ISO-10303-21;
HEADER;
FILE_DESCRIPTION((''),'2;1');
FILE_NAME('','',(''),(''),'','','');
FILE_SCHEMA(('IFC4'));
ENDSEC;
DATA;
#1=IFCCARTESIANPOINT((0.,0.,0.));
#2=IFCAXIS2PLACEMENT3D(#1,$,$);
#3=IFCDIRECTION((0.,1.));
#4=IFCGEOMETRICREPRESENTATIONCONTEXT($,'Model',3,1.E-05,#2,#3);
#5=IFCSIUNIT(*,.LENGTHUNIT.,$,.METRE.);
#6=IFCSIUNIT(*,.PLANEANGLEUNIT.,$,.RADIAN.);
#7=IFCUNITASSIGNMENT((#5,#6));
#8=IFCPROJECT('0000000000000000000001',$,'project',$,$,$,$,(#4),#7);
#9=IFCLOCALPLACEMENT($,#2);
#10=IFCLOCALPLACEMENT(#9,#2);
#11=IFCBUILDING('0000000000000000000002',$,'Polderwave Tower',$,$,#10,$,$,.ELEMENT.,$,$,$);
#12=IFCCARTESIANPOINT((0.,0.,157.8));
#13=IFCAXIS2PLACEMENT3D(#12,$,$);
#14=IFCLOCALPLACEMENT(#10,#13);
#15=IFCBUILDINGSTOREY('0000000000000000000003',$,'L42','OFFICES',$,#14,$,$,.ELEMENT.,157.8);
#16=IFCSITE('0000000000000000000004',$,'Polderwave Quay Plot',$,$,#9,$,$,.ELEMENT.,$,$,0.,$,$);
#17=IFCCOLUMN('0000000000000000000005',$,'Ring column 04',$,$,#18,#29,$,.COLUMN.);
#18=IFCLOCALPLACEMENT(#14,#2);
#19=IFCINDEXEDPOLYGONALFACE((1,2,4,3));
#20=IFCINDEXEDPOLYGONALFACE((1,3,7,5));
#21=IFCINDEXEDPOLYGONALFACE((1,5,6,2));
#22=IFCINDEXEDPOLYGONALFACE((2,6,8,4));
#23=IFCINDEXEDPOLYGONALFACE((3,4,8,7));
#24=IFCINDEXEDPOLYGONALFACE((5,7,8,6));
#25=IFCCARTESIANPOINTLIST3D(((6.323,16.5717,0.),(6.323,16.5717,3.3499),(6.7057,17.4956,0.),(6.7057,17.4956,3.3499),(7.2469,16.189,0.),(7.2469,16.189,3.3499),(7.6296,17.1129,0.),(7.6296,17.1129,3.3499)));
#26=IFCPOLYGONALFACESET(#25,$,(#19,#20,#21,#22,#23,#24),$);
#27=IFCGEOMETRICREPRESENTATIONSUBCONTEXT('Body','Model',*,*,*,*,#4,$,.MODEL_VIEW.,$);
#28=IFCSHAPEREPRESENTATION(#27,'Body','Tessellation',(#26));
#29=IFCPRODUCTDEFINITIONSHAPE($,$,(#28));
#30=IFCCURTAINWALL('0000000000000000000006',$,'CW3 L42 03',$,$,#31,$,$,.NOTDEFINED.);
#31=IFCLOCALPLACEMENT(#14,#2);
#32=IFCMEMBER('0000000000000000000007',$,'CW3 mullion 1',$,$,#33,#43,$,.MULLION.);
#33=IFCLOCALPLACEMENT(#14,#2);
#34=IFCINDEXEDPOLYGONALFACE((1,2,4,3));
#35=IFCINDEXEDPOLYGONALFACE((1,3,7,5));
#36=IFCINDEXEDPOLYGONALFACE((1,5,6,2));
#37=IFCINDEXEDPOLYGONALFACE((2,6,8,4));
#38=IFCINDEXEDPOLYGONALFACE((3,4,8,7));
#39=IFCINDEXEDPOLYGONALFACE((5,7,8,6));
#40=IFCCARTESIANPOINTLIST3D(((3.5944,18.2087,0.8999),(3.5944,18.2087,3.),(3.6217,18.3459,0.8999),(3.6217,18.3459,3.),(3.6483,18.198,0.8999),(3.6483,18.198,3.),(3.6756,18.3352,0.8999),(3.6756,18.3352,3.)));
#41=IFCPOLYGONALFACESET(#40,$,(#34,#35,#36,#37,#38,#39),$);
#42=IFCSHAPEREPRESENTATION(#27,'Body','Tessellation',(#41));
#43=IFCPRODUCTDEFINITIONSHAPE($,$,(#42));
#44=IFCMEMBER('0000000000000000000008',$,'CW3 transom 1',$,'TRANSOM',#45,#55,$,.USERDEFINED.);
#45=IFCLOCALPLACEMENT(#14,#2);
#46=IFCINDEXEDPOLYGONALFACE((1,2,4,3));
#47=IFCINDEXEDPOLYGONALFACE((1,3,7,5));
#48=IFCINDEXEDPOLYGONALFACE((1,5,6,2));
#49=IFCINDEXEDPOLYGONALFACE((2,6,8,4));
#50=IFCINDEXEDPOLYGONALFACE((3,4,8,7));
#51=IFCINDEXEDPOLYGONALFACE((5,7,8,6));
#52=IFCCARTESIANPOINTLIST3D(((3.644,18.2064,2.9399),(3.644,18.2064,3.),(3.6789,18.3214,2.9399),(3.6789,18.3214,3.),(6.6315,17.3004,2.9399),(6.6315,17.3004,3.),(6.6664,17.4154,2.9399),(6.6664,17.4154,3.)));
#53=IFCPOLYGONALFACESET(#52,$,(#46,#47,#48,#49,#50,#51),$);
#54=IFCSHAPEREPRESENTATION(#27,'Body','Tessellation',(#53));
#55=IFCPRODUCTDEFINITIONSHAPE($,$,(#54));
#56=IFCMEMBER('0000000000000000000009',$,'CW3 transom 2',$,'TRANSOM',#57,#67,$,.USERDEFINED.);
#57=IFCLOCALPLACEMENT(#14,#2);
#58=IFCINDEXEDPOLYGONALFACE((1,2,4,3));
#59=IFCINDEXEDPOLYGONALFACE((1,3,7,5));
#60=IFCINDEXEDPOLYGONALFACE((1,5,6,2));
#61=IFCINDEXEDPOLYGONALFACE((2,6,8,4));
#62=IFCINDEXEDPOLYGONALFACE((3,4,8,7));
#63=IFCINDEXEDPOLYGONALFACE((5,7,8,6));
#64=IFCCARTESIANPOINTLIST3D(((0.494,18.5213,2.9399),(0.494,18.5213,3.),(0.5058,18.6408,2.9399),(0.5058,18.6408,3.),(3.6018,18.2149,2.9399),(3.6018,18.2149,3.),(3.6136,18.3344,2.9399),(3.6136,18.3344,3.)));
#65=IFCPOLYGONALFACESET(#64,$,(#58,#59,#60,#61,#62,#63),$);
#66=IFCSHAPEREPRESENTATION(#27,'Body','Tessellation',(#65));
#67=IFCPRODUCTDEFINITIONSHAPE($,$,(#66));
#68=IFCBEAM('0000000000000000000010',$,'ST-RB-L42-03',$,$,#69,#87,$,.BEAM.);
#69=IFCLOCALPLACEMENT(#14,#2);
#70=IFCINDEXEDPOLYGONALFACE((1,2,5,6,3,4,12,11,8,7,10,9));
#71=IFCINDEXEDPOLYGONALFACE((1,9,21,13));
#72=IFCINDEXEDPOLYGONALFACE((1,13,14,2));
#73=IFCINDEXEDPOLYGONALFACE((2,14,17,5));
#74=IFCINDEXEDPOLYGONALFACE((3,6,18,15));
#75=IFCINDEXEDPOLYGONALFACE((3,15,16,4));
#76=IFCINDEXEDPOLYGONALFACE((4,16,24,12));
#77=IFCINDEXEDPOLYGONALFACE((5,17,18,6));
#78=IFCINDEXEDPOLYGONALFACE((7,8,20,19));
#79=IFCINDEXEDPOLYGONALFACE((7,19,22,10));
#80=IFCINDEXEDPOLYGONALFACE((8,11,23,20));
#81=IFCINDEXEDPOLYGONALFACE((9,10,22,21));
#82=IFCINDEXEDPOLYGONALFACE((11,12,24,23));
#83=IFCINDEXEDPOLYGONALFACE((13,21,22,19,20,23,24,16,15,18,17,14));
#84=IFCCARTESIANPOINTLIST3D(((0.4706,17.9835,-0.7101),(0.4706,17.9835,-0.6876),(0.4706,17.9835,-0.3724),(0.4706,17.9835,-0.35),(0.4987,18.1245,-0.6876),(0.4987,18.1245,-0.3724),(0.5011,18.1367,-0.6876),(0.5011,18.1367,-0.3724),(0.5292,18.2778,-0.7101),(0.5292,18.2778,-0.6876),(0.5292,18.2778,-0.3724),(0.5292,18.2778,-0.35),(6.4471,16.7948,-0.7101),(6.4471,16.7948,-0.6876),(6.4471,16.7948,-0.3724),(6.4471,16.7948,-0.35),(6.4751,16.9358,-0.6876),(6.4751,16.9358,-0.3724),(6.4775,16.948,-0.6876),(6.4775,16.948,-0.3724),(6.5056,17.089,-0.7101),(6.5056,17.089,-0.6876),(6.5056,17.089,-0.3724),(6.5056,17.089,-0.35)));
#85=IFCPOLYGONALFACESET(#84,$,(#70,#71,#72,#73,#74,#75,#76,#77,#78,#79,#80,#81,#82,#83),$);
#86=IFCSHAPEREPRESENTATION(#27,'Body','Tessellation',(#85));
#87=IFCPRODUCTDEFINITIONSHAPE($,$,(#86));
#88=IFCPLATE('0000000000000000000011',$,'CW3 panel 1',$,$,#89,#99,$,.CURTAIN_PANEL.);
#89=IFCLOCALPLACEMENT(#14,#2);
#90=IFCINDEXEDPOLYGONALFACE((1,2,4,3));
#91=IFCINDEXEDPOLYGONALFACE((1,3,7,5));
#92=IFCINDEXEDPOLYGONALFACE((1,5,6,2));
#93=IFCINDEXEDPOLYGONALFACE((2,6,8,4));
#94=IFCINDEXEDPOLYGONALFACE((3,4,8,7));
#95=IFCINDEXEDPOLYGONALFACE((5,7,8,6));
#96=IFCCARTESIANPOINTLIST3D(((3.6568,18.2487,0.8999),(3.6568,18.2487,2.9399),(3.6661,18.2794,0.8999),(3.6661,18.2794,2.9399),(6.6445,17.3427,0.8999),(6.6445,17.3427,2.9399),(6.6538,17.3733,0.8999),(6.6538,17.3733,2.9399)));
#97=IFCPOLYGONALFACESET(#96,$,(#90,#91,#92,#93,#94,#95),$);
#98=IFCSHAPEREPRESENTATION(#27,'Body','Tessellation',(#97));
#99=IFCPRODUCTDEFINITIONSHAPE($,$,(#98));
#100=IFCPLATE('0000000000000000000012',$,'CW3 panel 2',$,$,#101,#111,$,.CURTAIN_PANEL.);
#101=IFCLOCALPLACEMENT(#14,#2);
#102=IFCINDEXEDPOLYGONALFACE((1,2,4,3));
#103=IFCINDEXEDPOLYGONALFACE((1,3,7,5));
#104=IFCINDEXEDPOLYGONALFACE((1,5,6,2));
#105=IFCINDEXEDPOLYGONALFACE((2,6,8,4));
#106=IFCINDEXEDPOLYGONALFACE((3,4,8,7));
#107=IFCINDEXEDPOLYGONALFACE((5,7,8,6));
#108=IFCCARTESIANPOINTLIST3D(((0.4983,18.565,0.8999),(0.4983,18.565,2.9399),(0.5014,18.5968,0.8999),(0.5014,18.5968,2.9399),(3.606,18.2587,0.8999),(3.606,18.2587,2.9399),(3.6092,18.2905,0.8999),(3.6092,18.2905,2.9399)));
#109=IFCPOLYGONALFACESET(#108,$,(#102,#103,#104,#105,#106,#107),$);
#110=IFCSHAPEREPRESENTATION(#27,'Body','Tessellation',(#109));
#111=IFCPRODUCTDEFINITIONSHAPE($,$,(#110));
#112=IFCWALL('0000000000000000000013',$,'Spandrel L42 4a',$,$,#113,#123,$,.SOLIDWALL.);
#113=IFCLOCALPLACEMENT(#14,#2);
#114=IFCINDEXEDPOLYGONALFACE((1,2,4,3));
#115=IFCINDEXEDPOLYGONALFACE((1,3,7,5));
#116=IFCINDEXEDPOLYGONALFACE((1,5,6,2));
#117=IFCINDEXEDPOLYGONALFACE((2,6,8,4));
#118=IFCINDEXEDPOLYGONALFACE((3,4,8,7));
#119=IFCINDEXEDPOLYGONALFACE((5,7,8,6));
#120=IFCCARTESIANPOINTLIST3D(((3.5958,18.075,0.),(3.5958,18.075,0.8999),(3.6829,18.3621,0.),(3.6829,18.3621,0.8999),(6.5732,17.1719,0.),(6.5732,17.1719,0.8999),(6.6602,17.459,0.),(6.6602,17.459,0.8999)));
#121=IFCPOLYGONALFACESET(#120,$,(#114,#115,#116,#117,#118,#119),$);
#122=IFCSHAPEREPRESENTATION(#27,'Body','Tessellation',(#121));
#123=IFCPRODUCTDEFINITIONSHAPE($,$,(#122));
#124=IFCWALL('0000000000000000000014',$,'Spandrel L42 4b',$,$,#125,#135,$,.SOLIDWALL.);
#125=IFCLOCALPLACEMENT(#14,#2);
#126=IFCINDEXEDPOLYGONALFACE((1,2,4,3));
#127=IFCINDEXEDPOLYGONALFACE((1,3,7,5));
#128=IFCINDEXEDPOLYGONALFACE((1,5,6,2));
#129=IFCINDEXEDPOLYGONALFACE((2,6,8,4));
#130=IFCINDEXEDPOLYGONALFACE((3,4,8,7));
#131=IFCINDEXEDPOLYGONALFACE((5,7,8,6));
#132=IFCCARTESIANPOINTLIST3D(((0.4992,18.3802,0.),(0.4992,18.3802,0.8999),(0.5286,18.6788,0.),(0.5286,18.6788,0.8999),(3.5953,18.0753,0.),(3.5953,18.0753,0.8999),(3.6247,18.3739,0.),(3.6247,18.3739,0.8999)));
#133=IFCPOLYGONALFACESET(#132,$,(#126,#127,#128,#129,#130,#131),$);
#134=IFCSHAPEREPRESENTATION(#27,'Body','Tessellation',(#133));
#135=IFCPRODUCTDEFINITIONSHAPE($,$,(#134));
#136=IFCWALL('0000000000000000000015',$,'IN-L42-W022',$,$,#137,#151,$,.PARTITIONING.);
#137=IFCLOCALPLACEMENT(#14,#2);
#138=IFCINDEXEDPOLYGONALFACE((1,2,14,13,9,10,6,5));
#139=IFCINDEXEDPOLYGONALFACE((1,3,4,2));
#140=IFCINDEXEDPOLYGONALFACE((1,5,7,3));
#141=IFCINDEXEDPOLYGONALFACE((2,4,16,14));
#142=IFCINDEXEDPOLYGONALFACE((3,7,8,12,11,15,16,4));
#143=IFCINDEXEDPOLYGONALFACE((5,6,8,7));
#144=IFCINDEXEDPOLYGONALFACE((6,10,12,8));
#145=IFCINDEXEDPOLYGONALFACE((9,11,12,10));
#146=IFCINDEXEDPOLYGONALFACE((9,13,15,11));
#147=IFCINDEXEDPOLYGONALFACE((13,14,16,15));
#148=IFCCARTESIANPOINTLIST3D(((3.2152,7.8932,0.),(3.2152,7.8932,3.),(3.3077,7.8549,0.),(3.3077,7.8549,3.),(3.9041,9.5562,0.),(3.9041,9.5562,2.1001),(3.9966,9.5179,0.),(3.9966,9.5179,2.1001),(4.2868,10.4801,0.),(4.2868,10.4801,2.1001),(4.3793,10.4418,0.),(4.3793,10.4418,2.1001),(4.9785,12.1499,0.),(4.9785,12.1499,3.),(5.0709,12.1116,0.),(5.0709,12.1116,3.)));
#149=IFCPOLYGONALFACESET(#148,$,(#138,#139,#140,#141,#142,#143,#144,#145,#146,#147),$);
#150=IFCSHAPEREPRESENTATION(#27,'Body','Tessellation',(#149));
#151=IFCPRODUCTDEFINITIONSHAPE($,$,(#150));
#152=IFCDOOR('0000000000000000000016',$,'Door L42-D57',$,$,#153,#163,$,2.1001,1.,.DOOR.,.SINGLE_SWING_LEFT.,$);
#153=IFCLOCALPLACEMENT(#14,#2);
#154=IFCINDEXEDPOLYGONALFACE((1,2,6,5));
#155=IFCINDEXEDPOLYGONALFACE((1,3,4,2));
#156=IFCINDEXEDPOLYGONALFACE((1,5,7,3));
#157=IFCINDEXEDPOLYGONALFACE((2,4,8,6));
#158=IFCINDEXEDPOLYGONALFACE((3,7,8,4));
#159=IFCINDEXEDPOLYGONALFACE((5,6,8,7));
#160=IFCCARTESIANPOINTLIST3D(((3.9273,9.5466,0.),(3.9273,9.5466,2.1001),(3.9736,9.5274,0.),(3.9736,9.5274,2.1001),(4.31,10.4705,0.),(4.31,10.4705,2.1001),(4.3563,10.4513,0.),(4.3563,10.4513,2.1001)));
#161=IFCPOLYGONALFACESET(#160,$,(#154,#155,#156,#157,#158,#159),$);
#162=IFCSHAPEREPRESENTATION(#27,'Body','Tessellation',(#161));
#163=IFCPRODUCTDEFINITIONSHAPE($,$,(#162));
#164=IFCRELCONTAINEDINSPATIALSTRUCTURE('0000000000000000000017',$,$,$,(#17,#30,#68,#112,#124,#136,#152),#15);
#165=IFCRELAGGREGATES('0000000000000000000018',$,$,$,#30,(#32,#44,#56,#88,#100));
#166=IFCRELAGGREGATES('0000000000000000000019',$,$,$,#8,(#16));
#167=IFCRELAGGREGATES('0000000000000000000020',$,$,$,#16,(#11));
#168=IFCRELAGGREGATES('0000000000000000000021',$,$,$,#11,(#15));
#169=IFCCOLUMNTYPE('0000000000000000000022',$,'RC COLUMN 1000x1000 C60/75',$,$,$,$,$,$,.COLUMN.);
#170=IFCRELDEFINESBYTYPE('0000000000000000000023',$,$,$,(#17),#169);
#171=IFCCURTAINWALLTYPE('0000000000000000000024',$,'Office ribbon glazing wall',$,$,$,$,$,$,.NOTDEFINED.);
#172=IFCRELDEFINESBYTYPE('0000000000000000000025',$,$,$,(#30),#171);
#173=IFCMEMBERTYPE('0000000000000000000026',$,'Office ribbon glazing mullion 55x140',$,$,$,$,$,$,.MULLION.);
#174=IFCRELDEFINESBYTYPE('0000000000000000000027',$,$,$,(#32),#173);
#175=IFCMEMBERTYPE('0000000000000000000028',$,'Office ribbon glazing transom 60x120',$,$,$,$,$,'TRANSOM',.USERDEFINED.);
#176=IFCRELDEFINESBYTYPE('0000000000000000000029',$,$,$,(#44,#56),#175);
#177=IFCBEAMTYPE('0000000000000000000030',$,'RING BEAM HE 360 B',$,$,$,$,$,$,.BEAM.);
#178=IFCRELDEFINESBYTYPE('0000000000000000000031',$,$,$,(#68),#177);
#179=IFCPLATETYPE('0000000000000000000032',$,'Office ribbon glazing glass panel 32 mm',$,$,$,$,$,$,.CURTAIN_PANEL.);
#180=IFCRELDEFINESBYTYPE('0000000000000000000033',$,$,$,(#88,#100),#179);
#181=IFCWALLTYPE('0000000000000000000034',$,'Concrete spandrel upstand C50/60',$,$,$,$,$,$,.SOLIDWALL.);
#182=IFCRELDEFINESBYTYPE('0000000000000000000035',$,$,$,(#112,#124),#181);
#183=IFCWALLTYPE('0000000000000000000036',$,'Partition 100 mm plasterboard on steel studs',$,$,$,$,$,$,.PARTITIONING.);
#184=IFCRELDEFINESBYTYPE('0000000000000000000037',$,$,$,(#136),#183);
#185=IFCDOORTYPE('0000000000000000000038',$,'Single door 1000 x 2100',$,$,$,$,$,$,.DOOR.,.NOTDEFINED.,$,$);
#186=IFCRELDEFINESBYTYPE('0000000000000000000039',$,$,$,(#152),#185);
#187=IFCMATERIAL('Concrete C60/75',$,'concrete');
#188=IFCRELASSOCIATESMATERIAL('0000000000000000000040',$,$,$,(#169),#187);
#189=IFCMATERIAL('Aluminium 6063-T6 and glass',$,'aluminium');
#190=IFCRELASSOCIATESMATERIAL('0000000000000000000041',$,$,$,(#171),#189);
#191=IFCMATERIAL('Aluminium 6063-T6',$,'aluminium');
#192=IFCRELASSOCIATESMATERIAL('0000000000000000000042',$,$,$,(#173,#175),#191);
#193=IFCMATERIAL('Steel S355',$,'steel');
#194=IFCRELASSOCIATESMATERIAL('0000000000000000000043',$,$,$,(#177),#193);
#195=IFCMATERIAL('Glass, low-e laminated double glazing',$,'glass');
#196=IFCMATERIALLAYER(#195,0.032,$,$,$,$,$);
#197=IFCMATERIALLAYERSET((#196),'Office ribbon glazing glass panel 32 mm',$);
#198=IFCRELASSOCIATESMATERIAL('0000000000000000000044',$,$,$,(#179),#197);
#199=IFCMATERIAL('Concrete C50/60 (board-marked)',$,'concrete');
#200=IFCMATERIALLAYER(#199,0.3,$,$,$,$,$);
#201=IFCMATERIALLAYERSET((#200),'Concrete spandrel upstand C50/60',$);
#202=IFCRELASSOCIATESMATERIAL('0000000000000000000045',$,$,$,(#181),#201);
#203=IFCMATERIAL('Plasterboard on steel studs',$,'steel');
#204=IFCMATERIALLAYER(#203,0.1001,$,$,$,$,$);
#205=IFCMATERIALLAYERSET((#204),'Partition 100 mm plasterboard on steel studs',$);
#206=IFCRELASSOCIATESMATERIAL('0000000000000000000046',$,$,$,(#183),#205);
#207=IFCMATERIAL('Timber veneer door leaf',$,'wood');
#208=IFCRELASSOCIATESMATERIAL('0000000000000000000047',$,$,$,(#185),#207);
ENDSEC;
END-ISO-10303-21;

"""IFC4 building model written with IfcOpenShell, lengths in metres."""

from ifc_helpers import new_model, si_unit, direction, frame, frame_2d, origin, origin_2d, place, context, subcontext, project, spatial, rectangle, i_section, extrude, material, layer, layer_set, material_profile, profile_set, type_object, element, fill, aggregate, save


model = new_model("IFC4")

# Units and contexts
model_context = context("Model", 3, precision=1e-05, world=origin(), true_north=direction((0.0, 1.0)))
body_context = subcontext(model_context, "Body", "Model", "MODEL_VIEW")
ifc_project = project(units=[si_unit("LENGTHUNIT", "METRE"), si_unit("PLANEANGLEUNIT", "RADIAN")], contexts=[model_context])

# Site, building, storey
site_placement = place(None, origin())
site = spatial("IfcSite", under=ifc_project, at=site_placement, Name="Polderwave Quay Plot", CompositionType="ELEMENT", RefElevation=0.0)
building_placement = place(site_placement, origin())
building = spatial("IfcBuilding", under=site, at=building_placement, Name="Polderwave Tower", CompositionType="ELEMENT")
storey_placement = place(building_placement, frame((0.0, 0.0, 157.8)))
storey = spatial("IfcBuildingStorey", under=building, at=storey_placement, Name="L42", Description="OFFICES", CompositionType="ELEMENT", Elevation=157.8)

# Column
ifc_material_1 = material(Name="Concrete C60/75", Category="concrete")
ifc_material_profile_1 = material_profile(ifc_material_1, rectangle(XDim=1.0, YDim=1.0, at=origin_2d()), Name="RC 1000x1000")
ifc_profile_set_1 = profile_set([ifc_material_profile_1], Name="Concrete C60/75")
column_type = type_object("IfcColumnType", Name="RC COLUMN 1000x1000 C60/75", PredefinedType="COLUMN", material=ifc_profile_set_1)
column_placement = place(storey_placement, frame((6.9763, 16.8423, 0.0), z_axis=(0.0, 0.0, 1.0), x_axis=(0.382683, 0.92388, 0.0)))
element("IfcColumn", 1, at=column_placement, inside=storey, type_object=column_type, Name="Ring column 04", PredefinedType="COLUMN", context=body_context, shape_type="SweptSolid", body=[
    extrude(rectangle(XDim=1.0, YDim=1.0, at=origin_2d()), origin(), (0.0, 0.0, 1.0), 3.3499),
])

# Curtain wall, members
ifc_material_2 = material(Name="Aluminium 6063-T6 and glass", Category="aluminium")
curtain_wall_type = type_object("IfcCurtainWallType", Name="Office ribbon glazing wall", PredefinedType="NOTDEFINED", material=ifc_material_2)
curtain_wall_placement = place(storey_placement, origin())
curtain_wall = element("IfcCurtainWall", 2, at=curtain_wall_placement, inside=storey, type_object=curtain_wall_type, Name="CW3 L42 03", PredefinedType="NOTDEFINED")
ifc_material_3 = material(Name="Aluminium 6063-T6", Category="aluminium")
ifc_material_profile_2 = material_profile(ifc_material_3, rectangle(XDim=0.1399, YDim=0.0549, at=origin_2d()), Name="AL 55x140")
ifc_profile_set_2 = profile_set([ifc_material_profile_2], Name="Aluminium 6063-T6")
member_type_1 = type_object("IfcMemberType", Name="Office ribbon glazing mullion 55x140", PredefinedType="MULLION", material=ifc_profile_set_2)
member_1_placement = place(storey_placement, frame((3.635, 18.272, 0.8999), z_axis=(0.0, 0.0, 1.0), x_axis=(-0.195083, -0.980787, 0.0)))
member_1 = element("IfcMember", 3, at=member_1_placement, type_object=member_type_1, Name="CW3 mullion 1", PredefinedType="MULLION", context=body_context, shape_type="SweptSolid", body=[
    extrude(rectangle(XDim=0.1399, YDim=0.0549, at=origin_2d()), origin(), (0.0, 0.0, 1.0), 2.1001),
])
ifc_material_profile_3 = material_profile(ifc_material_3, rectangle(XDim=0.1201, YDim=0.0601, at=origin_2d()), Name="AL 60x120")
ifc_profile_set_3 = profile_set([ifc_material_profile_3], Name="Aluminium 6063-T6")
member_type_2 = type_object("IfcMemberType", Name="Office ribbon glazing transom 60x120", ElementType="TRANSOM", PredefinedType="USERDEFINED", material=ifc_profile_set_3)
member_2_placement = place(storey_placement, frame((6.6489, 17.3579, 2.97), z_axis=(-0.956963, 0.290209, 0.0), x_axis=(-0.290209, -0.956963, 0.0)))
member_2 = element("IfcMember", 4, at=member_2_placement, type_object=member_type_2, Name="CW3 transom 1", ObjectType="TRANSOM", PredefinedType="USERDEFINED", context=body_context, shape_type="SweptSolid", body=[
    extrude(rectangle(XDim=0.1201, YDim=0.0601, at=origin_2d()), origin(), (0.0, 0.0, 1.0), 3.1218),
])
member_3_placement = place(storey_placement, frame((3.6077, 18.2747, 2.97), z_axis=(-0.995175, 0.098118, 0.0), x_axis=(-0.098118, -0.995175, 0.0)))
member_3 = element("IfcMember", 5, at=member_3_placement, type_object=member_type_2, Name="CW3 transom 2", ObjectType="TRANSOM", PredefinedType="USERDEFINED", context=body_context, shape_type="SweptSolid", body=[
    extrude(rectangle(XDim=0.1201, YDim=0.0601, at=origin_2d()), origin(), (0.0, 0.0, 1.0), 3.1228),
])

# Beam
ifc_material_4 = material(Name="Steel S355", Category="steel")
ifc_material_profile_4 = material_profile(ifc_material_4, i_section(OverallWidth=0.3, OverallDepth=0.3601, WebThickness=0.0125, FlangeThickness=0.0225, at=origin_2d()), Name="HE 360 B")
ifc_profile_set_4 = profile_set([ifc_material_profile_4], Name="Steel S355")
beam_type = type_object("IfcBeamType", Name="RING BEAM HE 360 B", PredefinedType="BEAM", material=ifc_profile_set_4)
beam_placement = place(storey_placement, frame((6.4763, 16.9419, -0.53), z_axis=(-0.980787, 0.195084, 0.0), x_axis=(-0.195084, -0.980787, 0.0)))
element("IfcBeam", 6, at=beam_placement, inside=storey, type_object=beam_type, Name="ST-RB-L42-03", PredefinedType="BEAM", context=body_context, shape_type="SweptSolid", body=[
    extrude(i_section(OverallWidth=0.3, OverallDepth=0.3601, WebThickness=0.0125, FlangeThickness=0.0225, at=origin_2d()), origin(), (0.0, 0.0, 1.0), 6.0935),
])

# Plates
ifc_material_5 = material(Name="Glass, low-e laminated double glazing", Category="glass")
ifc_layer_1 = layer(ifc_material_5, 0.032)
ifc_layer_set_1 = layer_set([ifc_layer_1], Name="Office ribbon glazing glass panel 32 mm")
plate_type = type_object("IfcPlateType", Name="Office ribbon glazing glass panel 32 mm", PredefinedType="CURTAIN_PANEL", material=ifc_layer_set_1)
plate_1_placement = place(storey_placement, frame((5.1553, 17.811, 0.8999), z_axis=(0.0, 0.0, 1.0), x_axis=(-0.956966, 0.290201, 0.0)))
plate_1 = element("IfcPlate", 7, at=plate_1_placement, type_object=plate_type, Name="CW3 panel 1", PredefinedType="CURTAIN_PANEL", context=body_context, shape_type="SweptSolid", body=[
    extrude(rectangle(XDim=3.1221, YDim=0.032, at=origin_2d()), origin(), (0.0, 0.0, 1.0), 2.04),
])
plate_2_placement = place(storey_placement, frame((2.0537, 18.4277, 0.8999), z_axis=(0.0, 0.0, 1.0), x_axis=(-0.995178, 0.09809, 0.0)))
plate_2 = element("IfcPlate", 8, at=plate_2_placement, type_object=plate_type, Name="CW3 panel 2", PredefinedType="CURTAIN_PANEL", context=body_context, shape_type="SweptSolid", body=[
    extrude(rectangle(XDim=3.1228, YDim=0.032, at=origin_2d()), origin(), (0.0, 0.0, 1.0), 2.04),
])
aggregate(curtain_wall, [member_1, member_2, member_3, plate_1, plate_2])

# Walls
ifc_material_6 = material(Name="Concrete C50/60 (board-marked)", Category="concrete")
ifc_layer_2 = layer(ifc_material_6, 0.3)
ifc_layer_set_2 = layer_set([ifc_layer_2], Name="Concrete spandrel upstand C50/60")
wall_type_1 = type_object("IfcWallType", Name="Concrete spandrel upstand C50/60", PredefinedType="SOLIDWALL", material=ifc_layer_set_2)
wall_1_placement = place(storey_placement, frame((6.6167, 17.3154, 0.0), z_axis=(0.0, 0.0, 1.0), x_axis=(-0.956947, 0.290262, 0.0)))
element("IfcWall", 9, at=wall_1_placement, inside=storey, type_object=wall_type_1, Name="Spandrel L42 4a", PredefinedType="SOLIDWALL", context=body_context, shape_type="SweptSolid", body=[
    extrude(rectangle(XDim=3.1113, YDim=0.3, at=frame_2d((1.5557, 0.0))), origin(), (0.0, 0.0, 1.0), 0.8999),
])
wall_2_placement = place(storey_placement, frame((3.6101, 18.2246, 0.0), z_axis=(0.0, 0.0, 1.0), x_axis=(-0.995185, 0.098012, 0.0)))
element("IfcWall", 10, at=wall_2_placement, inside=storey, type_object=wall_type_1, Name="Spandrel L42 4b", PredefinedType="SOLIDWALL", context=body_context, shape_type="SweptSolid", body=[
    extrude(rectangle(XDim=3.1111, YDim=0.3, at=frame_2d((1.5557, 0.0))), origin(), (0.0, 0.0, 1.0), 0.8999),
])

# Wall, opening, door
ifc_material_7 = material(Name="Plasterboard on steel studs", Category="steel")
ifc_layer_3 = layer(ifc_material_7, 0.1001)
ifc_layer_set_3 = layer_set([ifc_layer_3], Name="Partition 100 mm plasterboard on steel studs")
wall_type_2 = type_object("IfcWallType", Name="Partition 100 mm plasterboard on steel studs", PredefinedType="PARTITIONING", material=ifc_layer_set_3)
wall_3_placement = place(storey_placement, frame((3.2615, 7.874, 0.0), z_axis=(0.0, 0.0, 1.0), x_axis=(0.382692, 0.923876, 0.0)))
wall_3 = element("IfcWall", 11, at=wall_3_placement, inside=storey, type_object=wall_type_2, Name="IN-L42-W022", PredefinedType="PARTITIONING", context=body_context, shape_type="SweptSolid", body=[
    extrude(rectangle(XDim=4.6074, YDim=0.1001, at=frame_2d((2.3037, 0.0))), origin(), (0.0, 0.0, 1.0), 3.0),
])
opening_1_placement = place(wall_3_placement, frame((1.8, 0.0, 0.0)))
opening_1 = element("IfcOpeningElement", 12, at=opening_1_placement, cuts=wall_3, PredefinedType="OPENING", context=body_context, shape_type="SweptSolid", body=[
    extrude(rectangle(XDim=1.0, YDim=2.1001, at=frame_2d((0.5, 1.05))), frame((0.0, 0.0601, 0.0), z_axis=(0.0, -1.0, 0.0), x_axis=(1.0, 0.0, 0.0)), (0.0, 0.0, 1.0), 0.1201),
])
ifc_material_8 = material(Name="Timber veneer door leaf", Category="wood")
door_type = type_object("IfcDoorType", Name="Single door 1000 x 2100", OperationType="NOTDEFINED", PredefinedType="DOOR", material=ifc_material_8)
door_1_placement = place(opening_1_placement, origin())
door_1 = element("IfcDoor", 13, at=door_1_placement, inside=storey, type_object=door_type, Name="Door L42-D57", OperationType="SINGLE_SWING_LEFT", OverallHeight=2.1001, OverallWidth=1.0, PredefinedType="DOOR", context=body_context, shape_type="SweptSolid", body=[
    extrude(rectangle(XDim=1.0, YDim=2.1001, at=frame_2d((0.5, 1.05))), frame((0.0, 0.0249, 0.0), z_axis=(0.0, -1.0, 0.0), x_axis=(1.0, 0.0, 0.0)), (0.0, 0.0, 1.0), 0.05),
])
fill(opening_1, door_1)

save(model, "model.ifc")
